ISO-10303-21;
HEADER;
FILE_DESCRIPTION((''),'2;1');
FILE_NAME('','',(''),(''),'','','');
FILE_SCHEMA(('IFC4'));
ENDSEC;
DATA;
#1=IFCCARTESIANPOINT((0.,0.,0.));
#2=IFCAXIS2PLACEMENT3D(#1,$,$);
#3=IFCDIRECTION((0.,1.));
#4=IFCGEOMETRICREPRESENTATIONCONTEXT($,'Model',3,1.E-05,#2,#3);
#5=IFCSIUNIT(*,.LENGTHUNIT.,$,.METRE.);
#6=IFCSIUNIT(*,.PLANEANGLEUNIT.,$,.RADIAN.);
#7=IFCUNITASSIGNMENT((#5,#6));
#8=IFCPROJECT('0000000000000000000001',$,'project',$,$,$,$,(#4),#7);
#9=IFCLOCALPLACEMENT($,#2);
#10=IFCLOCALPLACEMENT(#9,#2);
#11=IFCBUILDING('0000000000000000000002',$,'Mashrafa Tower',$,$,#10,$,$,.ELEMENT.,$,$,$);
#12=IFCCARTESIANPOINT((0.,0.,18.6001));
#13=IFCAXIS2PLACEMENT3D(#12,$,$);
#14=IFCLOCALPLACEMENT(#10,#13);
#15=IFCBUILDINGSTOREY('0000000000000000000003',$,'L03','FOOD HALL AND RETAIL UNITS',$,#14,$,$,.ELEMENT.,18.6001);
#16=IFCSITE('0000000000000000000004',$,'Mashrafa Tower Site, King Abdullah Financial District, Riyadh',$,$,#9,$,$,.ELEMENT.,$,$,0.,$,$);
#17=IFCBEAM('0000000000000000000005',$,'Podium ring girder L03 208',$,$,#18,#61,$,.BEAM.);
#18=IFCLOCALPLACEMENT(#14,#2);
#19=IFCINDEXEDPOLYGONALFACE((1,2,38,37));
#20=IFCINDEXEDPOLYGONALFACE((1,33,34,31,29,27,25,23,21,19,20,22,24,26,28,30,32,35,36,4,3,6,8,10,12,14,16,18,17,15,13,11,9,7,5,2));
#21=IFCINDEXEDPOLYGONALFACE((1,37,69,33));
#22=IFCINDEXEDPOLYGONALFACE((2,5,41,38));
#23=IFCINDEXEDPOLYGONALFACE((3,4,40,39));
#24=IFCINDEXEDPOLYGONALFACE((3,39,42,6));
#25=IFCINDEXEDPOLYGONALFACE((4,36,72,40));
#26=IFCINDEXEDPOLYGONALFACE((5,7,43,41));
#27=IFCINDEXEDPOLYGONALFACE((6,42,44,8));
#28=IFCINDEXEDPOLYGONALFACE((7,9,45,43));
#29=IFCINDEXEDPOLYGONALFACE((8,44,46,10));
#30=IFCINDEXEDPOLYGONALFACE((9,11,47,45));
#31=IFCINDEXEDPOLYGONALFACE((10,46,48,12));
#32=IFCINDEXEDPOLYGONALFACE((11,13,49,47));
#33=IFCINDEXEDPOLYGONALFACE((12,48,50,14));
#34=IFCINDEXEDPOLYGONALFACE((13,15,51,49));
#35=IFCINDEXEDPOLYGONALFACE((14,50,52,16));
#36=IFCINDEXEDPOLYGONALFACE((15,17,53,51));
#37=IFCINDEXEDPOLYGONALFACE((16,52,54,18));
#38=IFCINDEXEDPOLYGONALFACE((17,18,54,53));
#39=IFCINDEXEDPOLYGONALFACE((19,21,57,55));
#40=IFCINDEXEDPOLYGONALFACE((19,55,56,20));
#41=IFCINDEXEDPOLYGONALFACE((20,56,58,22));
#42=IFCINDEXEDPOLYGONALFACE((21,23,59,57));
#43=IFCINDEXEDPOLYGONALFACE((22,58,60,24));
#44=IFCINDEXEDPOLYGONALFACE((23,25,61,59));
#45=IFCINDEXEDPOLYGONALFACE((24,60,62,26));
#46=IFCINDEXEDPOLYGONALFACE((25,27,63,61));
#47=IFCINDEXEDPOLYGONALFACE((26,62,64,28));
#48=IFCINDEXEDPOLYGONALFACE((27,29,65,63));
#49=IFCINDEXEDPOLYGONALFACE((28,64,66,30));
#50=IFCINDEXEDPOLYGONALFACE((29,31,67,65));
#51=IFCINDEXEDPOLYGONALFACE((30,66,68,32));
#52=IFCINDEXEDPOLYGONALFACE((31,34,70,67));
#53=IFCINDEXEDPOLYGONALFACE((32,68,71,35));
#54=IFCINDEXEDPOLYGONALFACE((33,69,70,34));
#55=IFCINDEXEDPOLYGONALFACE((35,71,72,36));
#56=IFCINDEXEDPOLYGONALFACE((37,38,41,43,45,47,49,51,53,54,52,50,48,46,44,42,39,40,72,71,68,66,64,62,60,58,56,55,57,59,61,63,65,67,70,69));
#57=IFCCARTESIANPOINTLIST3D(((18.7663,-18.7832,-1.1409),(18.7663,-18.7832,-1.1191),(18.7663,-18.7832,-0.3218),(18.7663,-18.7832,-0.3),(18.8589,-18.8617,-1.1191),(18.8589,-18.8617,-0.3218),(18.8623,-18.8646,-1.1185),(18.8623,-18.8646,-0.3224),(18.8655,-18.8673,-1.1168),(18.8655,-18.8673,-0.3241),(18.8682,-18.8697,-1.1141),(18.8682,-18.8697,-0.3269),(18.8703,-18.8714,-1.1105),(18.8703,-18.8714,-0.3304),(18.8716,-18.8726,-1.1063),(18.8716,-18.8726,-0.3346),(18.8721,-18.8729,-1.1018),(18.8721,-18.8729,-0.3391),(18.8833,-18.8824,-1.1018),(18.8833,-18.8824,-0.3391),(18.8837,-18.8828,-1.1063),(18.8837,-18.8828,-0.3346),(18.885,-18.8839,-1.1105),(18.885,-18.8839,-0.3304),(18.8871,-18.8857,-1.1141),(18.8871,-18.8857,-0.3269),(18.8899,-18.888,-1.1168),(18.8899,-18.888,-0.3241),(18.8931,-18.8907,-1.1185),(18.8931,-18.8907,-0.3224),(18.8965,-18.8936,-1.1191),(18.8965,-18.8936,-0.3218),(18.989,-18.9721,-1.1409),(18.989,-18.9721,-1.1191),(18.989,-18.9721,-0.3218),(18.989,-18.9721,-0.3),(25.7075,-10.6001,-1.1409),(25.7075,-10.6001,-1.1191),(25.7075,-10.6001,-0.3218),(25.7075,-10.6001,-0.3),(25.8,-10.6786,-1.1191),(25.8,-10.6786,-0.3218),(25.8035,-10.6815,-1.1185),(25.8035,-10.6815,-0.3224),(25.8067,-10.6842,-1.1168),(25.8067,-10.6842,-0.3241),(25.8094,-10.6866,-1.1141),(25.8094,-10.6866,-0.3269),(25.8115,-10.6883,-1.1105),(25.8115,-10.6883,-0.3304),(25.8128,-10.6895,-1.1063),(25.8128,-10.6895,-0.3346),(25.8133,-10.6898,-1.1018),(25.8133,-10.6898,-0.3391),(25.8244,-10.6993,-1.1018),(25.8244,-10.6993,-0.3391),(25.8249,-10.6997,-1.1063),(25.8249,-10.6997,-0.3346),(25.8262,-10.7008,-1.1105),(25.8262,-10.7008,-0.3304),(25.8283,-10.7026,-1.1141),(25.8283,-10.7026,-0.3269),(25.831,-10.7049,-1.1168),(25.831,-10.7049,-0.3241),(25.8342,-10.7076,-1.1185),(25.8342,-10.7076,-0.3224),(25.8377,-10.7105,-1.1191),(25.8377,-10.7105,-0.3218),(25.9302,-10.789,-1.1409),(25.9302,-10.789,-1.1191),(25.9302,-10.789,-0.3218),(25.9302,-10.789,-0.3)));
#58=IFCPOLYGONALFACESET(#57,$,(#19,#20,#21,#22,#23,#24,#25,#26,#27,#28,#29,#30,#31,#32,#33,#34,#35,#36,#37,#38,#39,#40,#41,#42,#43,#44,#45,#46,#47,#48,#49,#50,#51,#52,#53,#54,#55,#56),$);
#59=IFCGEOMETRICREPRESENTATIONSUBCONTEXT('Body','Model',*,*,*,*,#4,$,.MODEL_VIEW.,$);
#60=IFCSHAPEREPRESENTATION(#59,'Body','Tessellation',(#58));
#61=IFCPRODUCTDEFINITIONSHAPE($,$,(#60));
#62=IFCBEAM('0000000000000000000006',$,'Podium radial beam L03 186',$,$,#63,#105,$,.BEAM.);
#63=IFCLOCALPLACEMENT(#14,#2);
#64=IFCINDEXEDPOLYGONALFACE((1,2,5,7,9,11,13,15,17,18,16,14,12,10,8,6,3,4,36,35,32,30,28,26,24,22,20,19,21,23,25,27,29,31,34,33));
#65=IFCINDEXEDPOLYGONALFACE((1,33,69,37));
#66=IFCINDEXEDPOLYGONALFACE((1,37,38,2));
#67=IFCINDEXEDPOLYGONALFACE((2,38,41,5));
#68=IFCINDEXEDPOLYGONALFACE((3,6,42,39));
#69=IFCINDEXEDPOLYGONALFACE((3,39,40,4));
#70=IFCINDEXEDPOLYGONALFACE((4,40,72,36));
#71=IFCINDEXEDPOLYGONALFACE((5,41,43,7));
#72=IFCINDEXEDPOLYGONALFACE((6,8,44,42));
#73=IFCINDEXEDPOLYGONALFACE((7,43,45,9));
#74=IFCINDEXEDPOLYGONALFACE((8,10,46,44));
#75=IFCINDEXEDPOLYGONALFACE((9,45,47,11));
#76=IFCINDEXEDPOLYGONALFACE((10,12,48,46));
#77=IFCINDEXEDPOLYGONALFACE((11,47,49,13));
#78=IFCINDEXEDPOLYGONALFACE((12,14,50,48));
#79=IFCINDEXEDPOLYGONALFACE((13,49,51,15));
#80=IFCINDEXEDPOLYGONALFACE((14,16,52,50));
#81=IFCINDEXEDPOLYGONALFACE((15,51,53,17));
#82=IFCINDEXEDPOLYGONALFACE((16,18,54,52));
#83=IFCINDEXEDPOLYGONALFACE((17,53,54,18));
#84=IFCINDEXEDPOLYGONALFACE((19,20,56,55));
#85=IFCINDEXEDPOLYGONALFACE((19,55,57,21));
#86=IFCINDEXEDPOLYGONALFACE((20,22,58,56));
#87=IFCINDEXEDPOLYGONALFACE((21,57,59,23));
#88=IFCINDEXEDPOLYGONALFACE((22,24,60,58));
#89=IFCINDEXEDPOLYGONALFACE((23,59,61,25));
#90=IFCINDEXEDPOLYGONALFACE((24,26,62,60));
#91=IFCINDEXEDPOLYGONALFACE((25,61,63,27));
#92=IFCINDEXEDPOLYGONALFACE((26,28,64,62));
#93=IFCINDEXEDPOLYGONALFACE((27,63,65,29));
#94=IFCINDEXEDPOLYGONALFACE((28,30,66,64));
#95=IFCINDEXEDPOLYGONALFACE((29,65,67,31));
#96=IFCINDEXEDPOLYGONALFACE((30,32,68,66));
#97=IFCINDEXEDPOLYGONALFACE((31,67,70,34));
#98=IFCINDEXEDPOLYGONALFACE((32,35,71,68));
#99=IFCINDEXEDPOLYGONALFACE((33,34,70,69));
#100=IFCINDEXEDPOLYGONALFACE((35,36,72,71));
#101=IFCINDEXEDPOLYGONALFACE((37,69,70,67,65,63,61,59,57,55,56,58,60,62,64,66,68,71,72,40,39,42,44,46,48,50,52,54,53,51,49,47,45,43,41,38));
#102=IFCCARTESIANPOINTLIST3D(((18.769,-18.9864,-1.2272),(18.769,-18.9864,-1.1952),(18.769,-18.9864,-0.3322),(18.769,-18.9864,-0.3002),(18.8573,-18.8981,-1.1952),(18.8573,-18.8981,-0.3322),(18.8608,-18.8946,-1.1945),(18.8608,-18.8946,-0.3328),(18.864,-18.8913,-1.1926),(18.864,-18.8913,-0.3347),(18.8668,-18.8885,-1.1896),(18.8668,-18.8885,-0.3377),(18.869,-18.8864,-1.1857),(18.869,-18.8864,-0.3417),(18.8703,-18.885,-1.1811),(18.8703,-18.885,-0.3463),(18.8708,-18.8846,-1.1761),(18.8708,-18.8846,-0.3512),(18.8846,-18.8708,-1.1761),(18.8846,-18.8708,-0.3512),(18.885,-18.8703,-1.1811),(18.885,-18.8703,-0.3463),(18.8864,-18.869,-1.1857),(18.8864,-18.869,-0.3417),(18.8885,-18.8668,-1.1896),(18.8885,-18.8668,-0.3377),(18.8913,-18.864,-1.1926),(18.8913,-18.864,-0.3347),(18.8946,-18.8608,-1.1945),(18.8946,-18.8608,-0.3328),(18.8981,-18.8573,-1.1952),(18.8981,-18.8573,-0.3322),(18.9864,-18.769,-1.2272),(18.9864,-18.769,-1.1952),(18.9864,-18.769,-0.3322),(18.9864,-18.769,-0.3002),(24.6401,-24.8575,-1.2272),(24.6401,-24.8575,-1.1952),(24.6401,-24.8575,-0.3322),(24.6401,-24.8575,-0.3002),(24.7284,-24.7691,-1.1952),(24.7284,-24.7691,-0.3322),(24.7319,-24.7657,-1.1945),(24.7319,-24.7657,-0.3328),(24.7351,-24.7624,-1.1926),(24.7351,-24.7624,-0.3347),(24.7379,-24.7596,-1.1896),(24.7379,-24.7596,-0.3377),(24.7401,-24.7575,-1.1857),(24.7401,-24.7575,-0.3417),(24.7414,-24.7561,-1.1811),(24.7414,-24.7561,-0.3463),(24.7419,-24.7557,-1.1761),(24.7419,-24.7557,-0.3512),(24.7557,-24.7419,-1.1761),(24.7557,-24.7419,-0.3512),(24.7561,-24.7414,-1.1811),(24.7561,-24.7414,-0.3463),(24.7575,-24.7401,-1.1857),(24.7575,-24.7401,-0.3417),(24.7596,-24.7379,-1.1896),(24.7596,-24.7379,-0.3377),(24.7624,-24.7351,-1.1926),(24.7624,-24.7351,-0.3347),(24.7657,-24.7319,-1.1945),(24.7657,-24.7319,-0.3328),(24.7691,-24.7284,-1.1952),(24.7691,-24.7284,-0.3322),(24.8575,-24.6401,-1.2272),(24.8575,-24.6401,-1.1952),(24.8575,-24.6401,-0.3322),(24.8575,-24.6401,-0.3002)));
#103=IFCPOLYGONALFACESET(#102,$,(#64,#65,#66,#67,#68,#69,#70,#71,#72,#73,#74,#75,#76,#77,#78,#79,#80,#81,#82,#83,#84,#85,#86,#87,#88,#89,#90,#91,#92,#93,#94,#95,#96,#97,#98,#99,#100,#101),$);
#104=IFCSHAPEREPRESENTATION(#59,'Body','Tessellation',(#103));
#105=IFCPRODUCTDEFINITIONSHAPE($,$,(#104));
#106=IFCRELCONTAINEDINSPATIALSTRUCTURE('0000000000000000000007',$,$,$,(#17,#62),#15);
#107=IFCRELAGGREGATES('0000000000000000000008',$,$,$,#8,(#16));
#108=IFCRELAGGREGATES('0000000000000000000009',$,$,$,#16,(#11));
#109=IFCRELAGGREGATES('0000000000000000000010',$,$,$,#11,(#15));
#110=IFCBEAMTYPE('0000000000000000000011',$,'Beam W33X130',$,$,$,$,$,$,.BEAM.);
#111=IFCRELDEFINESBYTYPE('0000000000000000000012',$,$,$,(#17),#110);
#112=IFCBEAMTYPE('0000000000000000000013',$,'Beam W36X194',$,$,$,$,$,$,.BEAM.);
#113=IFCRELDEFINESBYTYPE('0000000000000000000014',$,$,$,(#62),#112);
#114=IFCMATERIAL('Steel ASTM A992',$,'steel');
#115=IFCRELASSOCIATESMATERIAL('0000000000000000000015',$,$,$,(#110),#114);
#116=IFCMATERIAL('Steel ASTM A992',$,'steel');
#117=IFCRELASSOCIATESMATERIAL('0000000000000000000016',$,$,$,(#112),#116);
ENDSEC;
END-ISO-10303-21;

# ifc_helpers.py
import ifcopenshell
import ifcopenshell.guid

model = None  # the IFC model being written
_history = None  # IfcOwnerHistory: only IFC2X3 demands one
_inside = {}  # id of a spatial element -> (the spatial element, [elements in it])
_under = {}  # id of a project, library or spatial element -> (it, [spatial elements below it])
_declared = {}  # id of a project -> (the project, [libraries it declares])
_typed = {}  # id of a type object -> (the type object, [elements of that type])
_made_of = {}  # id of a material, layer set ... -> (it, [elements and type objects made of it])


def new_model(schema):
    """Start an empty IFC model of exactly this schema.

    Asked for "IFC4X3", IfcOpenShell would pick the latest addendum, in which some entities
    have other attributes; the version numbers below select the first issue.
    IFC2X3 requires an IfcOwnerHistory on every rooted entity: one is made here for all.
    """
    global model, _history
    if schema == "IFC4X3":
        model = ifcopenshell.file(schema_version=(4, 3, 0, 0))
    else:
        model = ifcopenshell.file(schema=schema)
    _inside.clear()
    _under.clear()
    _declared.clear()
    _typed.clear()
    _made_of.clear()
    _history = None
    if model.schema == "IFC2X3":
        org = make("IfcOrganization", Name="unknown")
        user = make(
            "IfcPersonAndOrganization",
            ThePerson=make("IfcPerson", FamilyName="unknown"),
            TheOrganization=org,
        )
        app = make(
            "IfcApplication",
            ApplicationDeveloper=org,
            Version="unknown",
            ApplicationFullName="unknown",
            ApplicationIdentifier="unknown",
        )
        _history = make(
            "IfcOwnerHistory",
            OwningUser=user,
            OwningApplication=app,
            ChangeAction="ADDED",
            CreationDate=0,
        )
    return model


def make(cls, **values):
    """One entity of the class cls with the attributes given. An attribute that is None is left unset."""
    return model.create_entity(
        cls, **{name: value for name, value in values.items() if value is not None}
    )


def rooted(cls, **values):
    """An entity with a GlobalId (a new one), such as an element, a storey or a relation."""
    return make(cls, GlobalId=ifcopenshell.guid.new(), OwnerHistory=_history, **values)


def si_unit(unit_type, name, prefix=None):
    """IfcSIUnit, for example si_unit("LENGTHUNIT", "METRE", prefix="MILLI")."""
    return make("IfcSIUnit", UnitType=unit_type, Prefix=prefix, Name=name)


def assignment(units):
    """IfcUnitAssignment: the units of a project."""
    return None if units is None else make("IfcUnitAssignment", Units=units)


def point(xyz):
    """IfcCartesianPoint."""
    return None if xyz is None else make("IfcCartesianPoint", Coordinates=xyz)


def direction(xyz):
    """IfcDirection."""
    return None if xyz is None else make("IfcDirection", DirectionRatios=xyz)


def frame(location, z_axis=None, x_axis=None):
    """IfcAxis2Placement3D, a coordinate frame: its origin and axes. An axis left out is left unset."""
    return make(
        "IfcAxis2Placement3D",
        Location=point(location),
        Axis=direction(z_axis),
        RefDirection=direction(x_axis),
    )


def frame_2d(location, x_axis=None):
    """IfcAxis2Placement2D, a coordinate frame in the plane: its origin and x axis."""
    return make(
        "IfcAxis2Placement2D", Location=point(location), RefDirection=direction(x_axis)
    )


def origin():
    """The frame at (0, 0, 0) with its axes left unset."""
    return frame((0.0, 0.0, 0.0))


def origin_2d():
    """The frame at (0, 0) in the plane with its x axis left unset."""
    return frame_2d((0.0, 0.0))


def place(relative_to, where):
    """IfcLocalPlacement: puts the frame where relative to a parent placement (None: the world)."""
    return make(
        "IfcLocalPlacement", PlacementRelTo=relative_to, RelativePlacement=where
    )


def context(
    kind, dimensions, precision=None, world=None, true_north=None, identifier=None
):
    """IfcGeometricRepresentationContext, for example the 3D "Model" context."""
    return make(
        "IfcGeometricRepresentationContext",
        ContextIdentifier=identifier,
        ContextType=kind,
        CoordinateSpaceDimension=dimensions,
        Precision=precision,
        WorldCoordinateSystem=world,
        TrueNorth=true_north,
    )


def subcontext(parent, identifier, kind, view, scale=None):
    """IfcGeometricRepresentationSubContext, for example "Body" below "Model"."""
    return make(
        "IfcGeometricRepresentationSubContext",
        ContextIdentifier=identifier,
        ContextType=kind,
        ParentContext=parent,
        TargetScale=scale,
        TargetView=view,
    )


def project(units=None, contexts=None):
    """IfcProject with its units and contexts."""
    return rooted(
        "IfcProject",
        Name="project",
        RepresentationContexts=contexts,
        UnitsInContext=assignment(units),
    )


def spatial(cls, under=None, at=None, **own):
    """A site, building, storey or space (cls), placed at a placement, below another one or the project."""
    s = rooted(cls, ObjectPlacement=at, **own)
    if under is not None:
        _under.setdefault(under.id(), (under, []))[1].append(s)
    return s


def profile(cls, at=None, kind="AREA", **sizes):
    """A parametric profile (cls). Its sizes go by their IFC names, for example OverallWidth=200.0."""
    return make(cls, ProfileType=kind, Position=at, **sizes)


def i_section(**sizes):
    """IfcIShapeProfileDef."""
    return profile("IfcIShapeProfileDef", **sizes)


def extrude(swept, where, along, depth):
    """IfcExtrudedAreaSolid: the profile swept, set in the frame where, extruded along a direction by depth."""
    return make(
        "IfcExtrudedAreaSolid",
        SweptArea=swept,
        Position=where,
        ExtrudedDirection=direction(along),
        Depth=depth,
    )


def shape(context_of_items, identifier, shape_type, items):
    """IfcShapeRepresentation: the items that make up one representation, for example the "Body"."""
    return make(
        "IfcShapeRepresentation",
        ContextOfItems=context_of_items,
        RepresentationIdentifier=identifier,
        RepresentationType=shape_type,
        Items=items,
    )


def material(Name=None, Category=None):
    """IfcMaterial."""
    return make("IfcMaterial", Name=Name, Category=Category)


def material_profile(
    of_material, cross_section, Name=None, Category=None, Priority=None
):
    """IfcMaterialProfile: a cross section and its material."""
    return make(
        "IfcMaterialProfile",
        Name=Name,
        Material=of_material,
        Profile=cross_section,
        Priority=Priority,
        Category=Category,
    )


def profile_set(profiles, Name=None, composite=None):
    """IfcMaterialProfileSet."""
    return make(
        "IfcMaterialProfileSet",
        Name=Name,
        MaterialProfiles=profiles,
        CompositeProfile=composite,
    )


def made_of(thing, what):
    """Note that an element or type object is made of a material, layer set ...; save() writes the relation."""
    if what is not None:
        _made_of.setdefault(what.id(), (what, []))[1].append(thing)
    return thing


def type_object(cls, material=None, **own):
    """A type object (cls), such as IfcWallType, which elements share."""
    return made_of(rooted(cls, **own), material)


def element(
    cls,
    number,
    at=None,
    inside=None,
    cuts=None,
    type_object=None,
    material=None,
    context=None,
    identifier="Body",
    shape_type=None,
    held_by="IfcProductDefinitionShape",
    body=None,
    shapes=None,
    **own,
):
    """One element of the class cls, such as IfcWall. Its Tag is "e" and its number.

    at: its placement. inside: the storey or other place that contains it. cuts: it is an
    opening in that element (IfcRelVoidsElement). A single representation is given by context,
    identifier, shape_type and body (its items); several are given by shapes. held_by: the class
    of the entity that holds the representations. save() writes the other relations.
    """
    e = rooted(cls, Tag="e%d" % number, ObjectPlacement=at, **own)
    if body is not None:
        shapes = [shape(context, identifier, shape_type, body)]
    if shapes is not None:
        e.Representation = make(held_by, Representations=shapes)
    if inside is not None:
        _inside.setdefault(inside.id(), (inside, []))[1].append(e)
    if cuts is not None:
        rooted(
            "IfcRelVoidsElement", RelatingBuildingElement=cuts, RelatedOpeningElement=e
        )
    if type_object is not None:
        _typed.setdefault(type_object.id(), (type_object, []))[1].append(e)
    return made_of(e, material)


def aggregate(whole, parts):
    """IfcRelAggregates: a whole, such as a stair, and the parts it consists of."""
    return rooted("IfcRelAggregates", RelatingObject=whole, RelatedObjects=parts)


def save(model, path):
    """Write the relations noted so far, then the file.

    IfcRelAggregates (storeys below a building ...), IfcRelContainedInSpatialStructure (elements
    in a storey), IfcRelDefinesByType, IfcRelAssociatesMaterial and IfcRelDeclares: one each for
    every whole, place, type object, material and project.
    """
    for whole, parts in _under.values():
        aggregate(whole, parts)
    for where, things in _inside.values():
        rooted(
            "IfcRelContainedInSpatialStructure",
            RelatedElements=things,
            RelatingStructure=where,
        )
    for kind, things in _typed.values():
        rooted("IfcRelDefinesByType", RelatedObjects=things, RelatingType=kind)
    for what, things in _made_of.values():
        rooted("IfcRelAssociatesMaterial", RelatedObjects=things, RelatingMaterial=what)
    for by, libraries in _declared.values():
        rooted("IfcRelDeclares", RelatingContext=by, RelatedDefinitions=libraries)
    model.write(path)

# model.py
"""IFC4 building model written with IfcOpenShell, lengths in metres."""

from ifc_helpers import new_model, si_unit, direction, frame, origin, origin_2d, place, context, subcontext, project, spatial, i_section, extrude, material, material_profile, profile_set, type_object, element, save


model = new_model("IFC4")

# Units and contexts
model_context = context("Model", 3, precision=1e-05, world=origin(), true_north=direction((0.0, 1.0)))
body_context = subcontext(model_context, "Body", "Model", "MODEL_VIEW")
ifc_project = project(units=[si_unit("LENGTHUNIT", "METRE"), si_unit("PLANEANGLEUNIT", "RADIAN")], contexts=[model_context])

# Site, building, storey
site_placement = place(None, origin())
site = spatial("IfcSite", under=ifc_project, at=site_placement, Name="Mashrafa Tower Site, King Abdullah Financial District, Riyadh", CompositionType="ELEMENT", RefElevation=0.0)
building_placement = place(site_placement, origin())
building = spatial("IfcBuilding", under=site, at=building_placement, Name="Mashrafa Tower", CompositionType="ELEMENT")
storey_placement = place(building_placement, frame((0.0, 0.0, 18.6001)))
storey = spatial("IfcBuildingStorey", under=building, at=storey_placement, Name="L03", Description="FOOD HALL AND RETAIL UNITS", CompositionType="ELEMENT", Elevation=18.6001)

# Beams
ifc_material_1 = material(Name="Steel ASTM A992", Category="steel")
ifc_material_profile_1 = material_profile(ifc_material_1, i_section(OverallWidth=0.292, OverallDepth=0.8408, WebThickness=0.0146, FlangeThickness=0.0217, FilletRadius=0.0173, at=origin_2d()), Name="W33X130")
ifc_profile_set_1 = profile_set([ifc_material_profile_1], Name="Steel ASTM A992")
beam_type_1 = type_object("IfcBeamType", Name="Beam W33X130", PredefinedType="BEAM", material=ifc_profile_set_1)
beam_1_placement = place(storey_placement, frame((18.8777, -18.8777, -0.7205), z_axis=(0.646865, 0.762605, 0.0), x_axis=(-0.762605, 0.646865, 0.0)))
element("IfcBeam", 1, at=beam_1_placement, inside=storey, type_object=beam_type_1, Name="Podium ring girder L03 208", PredefinedType="BEAM", context=body_context, shape_type="SweptSolid", body=[
    extrude(i_section(OverallWidth=0.292, OverallDepth=0.8408, WebThickness=0.0146, FlangeThickness=0.0217, FilletRadius=0.0173, at=origin_2d()), origin(), (0.0, 0.0, 1.0), 10.7305),
])
ifc_material_2 = material(Name="Steel ASTM A992", Category="steel")
ifc_material_profile_2 = material_profile(ifc_material_2, i_section(OverallWidth=0.3074, OverallDepth=0.927, WebThickness=0.0195, FlangeThickness=0.032, FilletRadius=0.019, at=origin_2d()), Name="W36X194")
ifc_profile_set_2 = profile_set([ifc_material_profile_2], Name="Steel ASTM A992")
beam_type_2 = type_object("IfcBeamType", Name="Beam W36X194", PredefinedType="BEAM", material=ifc_profile_set_2)
beam_2_placement = place(storey_placement, frame((18.8777, -18.8777, -0.7637), z_axis=(0.707107, -0.707107, 0.0), x_axis=(0.707107, 0.707107, 0.0)))
element("IfcBeam", 2, at=beam_2_placement, inside=storey, type_object=beam_type_2, Name="Podium radial beam L03 186", PredefinedType="BEAM", context=body_context, shape_type="SweptSolid", body=[
    extrude(i_section(OverallWidth=0.3074, OverallDepth=0.927, WebThickness=0.0195, FlangeThickness=0.032, FilletRadius=0.019, at=origin_2d()), origin(), (0.0, 0.0, 1.0), 8.303),
])

save(model, "model.ifc")
